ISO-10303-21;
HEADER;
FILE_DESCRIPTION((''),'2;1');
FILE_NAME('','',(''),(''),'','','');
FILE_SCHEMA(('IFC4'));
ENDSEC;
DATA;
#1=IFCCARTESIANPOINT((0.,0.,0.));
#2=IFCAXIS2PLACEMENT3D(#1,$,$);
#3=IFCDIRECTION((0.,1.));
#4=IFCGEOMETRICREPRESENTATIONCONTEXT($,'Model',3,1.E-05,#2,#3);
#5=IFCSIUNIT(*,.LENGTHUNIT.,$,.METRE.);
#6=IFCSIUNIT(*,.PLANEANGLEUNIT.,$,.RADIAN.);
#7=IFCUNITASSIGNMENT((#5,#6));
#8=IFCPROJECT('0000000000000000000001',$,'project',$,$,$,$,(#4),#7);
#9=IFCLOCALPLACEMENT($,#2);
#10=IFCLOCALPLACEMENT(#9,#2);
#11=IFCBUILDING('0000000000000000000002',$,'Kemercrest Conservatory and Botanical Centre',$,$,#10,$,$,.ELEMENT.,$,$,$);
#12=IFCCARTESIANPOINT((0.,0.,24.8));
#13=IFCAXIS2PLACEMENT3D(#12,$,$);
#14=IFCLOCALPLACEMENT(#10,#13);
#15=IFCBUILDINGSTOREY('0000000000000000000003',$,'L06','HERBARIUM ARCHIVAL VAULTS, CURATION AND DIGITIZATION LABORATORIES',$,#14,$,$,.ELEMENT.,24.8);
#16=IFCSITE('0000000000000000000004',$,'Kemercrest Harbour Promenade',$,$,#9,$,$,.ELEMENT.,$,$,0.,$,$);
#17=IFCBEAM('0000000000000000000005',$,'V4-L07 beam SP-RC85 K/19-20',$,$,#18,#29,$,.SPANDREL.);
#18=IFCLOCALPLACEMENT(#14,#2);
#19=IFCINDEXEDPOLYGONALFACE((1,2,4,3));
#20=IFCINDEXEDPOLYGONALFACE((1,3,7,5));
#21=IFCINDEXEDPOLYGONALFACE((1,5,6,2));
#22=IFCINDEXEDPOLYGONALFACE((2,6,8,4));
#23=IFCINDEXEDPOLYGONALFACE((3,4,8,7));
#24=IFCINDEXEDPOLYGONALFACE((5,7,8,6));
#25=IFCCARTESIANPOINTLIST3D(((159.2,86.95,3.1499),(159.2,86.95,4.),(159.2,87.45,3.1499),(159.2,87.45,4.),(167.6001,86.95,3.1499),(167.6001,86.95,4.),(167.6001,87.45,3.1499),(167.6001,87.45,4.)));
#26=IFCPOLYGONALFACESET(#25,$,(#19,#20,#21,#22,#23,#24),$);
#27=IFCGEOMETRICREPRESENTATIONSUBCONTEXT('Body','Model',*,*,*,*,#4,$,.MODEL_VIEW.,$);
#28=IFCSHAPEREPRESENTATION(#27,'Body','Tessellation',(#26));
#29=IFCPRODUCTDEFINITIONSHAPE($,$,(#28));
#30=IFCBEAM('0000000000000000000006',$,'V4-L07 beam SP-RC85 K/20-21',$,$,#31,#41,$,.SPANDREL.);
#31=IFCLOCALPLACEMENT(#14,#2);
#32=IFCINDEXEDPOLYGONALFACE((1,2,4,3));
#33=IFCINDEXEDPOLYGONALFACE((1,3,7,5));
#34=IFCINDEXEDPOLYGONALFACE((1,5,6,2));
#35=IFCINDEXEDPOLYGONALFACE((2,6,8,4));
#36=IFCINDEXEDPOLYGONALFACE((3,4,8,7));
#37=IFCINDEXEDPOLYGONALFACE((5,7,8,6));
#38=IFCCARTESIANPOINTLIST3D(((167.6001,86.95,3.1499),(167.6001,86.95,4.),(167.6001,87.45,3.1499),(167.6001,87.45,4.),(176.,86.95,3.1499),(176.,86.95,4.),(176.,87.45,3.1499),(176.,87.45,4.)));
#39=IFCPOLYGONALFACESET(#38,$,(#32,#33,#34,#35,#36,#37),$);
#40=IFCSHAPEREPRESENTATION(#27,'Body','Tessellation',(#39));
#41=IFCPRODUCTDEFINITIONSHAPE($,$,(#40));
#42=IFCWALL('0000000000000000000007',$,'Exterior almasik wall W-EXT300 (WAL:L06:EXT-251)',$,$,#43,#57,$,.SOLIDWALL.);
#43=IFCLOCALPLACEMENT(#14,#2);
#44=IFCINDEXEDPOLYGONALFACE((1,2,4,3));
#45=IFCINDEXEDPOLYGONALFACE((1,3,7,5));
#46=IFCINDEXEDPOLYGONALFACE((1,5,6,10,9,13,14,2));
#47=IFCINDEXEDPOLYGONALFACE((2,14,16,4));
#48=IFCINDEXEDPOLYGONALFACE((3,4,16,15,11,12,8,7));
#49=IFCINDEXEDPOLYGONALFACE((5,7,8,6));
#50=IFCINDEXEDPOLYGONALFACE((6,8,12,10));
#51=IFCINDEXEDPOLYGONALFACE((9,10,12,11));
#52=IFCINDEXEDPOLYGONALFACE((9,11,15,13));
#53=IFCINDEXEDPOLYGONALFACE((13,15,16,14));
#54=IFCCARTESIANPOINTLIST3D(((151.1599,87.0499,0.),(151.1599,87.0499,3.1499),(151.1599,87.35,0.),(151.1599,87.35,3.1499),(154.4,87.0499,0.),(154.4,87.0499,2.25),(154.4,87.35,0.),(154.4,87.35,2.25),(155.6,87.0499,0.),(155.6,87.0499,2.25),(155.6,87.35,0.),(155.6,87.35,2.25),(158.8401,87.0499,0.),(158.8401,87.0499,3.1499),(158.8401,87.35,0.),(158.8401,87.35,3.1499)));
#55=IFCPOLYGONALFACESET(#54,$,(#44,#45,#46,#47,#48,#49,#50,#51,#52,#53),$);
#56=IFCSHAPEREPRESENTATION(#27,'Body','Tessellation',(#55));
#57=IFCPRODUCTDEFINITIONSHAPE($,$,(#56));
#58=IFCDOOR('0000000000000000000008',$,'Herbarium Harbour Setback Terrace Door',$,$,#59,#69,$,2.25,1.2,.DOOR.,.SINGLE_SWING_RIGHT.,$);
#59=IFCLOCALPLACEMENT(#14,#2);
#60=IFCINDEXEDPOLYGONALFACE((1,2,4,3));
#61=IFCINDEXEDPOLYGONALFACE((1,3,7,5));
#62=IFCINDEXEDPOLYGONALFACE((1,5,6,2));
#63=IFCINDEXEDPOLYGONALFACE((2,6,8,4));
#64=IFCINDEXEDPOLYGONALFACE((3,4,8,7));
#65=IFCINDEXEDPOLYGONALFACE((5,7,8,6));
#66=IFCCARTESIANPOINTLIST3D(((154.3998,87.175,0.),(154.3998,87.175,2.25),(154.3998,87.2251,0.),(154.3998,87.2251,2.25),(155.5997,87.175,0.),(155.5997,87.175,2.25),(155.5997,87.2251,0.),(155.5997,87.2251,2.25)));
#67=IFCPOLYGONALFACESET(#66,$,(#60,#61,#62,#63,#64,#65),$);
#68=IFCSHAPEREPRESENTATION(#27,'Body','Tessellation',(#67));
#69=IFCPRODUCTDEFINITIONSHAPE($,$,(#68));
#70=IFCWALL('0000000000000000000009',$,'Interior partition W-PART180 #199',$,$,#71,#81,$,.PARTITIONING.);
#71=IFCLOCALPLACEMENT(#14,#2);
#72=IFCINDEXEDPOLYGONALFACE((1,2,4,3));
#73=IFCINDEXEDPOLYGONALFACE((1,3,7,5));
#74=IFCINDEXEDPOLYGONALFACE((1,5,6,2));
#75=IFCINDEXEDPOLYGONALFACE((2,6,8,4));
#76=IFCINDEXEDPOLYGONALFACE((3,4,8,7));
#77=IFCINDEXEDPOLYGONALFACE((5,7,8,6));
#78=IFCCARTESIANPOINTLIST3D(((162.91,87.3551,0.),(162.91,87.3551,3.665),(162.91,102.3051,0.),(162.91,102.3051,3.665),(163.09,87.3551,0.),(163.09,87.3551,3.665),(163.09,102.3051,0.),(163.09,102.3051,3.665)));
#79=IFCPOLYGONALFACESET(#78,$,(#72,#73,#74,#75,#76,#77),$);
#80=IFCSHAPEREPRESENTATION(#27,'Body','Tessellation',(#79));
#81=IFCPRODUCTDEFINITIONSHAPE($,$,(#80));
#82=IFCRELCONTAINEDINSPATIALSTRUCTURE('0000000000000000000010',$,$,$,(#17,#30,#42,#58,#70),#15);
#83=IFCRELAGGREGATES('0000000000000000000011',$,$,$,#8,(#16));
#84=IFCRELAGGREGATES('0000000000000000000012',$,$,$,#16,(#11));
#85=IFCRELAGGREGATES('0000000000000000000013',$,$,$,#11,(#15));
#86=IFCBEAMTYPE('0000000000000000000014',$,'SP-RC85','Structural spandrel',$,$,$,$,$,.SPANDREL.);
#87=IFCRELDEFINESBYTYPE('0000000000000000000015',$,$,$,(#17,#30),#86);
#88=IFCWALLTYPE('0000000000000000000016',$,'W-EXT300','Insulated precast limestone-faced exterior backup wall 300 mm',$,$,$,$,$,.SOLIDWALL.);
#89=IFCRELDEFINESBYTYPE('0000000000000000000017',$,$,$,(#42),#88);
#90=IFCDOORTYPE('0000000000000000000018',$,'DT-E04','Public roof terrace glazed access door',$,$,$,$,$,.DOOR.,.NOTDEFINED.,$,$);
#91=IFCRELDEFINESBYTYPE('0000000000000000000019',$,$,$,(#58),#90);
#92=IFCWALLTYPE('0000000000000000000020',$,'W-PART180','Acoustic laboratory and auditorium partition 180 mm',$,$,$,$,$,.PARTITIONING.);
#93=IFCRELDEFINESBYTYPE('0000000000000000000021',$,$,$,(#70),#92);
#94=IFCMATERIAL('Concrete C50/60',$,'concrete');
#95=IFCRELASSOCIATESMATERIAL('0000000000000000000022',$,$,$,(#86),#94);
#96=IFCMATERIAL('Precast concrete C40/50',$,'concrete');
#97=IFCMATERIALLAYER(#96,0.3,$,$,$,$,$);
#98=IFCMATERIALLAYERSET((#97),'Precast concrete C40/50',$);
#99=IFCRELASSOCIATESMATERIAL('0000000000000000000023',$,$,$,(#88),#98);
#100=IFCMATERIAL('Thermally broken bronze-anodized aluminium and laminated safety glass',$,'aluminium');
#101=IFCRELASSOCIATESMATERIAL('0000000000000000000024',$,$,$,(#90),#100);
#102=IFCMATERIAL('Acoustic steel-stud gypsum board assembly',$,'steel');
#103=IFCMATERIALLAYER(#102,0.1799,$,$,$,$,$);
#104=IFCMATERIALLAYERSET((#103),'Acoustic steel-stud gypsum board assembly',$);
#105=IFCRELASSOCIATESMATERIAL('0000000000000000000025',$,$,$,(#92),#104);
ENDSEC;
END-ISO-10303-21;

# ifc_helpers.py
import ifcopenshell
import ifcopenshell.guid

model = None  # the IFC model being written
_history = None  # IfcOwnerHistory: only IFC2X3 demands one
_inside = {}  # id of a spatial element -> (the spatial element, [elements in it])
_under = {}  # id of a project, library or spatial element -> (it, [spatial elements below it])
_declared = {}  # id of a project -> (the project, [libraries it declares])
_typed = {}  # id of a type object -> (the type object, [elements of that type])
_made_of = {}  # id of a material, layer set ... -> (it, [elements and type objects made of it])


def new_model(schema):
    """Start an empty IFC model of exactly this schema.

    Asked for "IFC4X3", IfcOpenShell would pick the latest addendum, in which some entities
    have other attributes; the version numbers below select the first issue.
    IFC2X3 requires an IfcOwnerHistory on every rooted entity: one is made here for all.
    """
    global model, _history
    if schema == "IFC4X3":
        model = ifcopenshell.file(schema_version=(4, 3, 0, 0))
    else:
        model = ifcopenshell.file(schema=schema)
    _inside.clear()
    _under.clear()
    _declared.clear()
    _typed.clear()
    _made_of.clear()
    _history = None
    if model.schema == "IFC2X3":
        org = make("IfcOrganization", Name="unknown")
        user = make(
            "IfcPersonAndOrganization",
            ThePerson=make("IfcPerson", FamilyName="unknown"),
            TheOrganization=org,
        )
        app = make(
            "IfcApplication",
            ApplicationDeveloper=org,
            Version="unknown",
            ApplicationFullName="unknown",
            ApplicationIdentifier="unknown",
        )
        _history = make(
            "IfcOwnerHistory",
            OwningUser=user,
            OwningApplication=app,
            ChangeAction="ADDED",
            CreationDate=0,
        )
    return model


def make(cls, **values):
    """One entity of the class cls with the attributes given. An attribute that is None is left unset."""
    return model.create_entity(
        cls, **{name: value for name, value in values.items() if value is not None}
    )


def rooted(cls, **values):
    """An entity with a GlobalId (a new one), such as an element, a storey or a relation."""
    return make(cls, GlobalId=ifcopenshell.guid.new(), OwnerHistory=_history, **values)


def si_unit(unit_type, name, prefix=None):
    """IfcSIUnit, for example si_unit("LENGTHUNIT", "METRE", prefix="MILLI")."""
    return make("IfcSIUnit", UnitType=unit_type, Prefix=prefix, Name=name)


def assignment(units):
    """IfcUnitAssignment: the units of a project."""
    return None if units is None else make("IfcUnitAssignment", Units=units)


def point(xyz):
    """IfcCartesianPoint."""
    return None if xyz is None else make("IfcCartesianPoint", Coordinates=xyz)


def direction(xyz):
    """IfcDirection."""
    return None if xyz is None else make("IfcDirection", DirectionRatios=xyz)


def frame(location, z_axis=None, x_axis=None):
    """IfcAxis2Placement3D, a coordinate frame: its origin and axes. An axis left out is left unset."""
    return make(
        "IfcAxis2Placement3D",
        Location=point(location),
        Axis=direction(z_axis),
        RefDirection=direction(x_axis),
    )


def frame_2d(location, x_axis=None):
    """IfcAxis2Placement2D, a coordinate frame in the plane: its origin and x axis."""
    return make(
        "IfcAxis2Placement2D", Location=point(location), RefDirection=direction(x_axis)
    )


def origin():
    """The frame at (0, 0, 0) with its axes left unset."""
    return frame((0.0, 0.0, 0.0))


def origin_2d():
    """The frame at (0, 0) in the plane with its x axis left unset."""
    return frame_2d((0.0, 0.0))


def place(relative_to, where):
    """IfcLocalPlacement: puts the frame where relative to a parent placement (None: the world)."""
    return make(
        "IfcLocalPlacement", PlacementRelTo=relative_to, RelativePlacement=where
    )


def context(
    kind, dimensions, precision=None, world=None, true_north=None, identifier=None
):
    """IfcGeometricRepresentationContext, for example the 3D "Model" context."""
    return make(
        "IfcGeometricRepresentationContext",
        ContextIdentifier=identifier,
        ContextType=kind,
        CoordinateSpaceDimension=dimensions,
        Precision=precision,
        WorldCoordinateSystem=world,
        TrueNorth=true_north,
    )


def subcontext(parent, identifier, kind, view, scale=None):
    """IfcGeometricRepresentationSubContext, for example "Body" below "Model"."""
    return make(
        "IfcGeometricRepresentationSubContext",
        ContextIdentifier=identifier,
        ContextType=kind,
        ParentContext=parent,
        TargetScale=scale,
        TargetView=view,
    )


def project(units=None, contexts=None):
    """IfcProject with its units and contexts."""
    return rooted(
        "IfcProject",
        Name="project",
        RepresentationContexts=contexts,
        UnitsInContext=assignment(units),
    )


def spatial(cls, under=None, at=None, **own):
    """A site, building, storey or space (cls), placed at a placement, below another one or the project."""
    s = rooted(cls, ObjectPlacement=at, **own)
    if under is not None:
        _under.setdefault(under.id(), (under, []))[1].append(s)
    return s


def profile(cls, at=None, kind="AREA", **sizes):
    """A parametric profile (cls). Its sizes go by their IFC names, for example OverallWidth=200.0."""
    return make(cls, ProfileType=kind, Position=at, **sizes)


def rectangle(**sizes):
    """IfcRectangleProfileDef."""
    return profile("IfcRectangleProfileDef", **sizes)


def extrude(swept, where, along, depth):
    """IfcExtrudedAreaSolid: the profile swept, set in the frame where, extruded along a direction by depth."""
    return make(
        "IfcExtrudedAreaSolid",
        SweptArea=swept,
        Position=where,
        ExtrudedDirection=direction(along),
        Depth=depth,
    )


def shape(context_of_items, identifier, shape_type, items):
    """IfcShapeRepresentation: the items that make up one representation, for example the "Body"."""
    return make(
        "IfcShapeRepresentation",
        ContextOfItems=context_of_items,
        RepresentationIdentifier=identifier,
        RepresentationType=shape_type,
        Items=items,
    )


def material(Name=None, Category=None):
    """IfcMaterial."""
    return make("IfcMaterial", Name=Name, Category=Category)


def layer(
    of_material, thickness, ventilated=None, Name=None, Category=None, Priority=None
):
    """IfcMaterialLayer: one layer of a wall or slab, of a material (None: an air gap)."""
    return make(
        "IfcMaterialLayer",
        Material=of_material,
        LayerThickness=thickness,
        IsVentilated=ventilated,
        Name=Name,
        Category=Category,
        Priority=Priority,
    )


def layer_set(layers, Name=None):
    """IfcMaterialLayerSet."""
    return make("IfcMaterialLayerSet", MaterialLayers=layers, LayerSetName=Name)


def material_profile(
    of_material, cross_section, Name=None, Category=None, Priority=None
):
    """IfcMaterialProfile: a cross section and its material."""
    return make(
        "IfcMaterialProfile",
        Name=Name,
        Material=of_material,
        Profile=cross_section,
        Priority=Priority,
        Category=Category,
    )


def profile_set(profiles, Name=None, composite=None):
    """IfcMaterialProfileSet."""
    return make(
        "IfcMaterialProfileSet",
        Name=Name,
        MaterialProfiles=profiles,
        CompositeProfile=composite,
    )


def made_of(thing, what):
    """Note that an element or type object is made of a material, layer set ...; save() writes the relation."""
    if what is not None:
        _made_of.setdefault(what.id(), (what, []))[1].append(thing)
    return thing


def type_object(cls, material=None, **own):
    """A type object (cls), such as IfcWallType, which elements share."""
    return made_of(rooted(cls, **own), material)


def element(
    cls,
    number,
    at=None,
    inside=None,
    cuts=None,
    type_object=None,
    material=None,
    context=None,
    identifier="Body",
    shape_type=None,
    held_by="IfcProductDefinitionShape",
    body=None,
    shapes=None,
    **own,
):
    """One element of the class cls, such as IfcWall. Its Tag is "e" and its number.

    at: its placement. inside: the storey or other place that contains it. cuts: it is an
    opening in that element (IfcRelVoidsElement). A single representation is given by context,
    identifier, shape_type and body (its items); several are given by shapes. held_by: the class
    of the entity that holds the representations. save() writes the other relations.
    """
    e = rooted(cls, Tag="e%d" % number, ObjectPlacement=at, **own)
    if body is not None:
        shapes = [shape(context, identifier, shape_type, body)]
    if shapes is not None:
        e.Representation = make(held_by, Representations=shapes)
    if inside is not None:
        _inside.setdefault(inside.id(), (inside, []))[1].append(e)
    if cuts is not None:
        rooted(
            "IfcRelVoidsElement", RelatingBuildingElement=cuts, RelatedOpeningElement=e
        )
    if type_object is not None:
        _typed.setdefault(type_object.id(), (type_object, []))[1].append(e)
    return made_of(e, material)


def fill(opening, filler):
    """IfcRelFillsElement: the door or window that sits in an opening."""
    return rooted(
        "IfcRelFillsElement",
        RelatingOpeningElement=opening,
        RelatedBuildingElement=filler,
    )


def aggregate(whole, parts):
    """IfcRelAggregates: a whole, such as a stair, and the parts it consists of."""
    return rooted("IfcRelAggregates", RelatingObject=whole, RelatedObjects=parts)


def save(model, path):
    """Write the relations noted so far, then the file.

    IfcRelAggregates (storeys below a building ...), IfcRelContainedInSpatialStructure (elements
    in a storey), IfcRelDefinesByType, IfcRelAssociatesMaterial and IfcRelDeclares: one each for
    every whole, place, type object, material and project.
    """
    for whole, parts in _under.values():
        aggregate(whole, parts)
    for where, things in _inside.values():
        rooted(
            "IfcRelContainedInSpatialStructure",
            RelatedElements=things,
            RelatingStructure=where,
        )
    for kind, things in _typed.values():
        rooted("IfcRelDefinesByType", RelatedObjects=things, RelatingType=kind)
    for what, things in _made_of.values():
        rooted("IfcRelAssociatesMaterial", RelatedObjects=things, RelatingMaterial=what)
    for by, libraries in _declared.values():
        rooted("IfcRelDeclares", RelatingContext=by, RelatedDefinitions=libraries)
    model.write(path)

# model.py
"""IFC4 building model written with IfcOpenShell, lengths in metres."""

from ifc_helpers import new_model, si_unit, direction, frame, frame_2d, origin, origin_2d, place, context, subcontext, project, spatial, rectangle, extrude, material, layer, layer_set, material_profile, profile_set, type_object, element, fill, save


model = new_model("IFC4")

# Units and contexts
model_context = context("Model", 3, precision=1e-05, world=origin(), true_north=direction((0.0, 1.0)))
body_context = subcontext(model_context, "Body", "Model", "MODEL_VIEW")
ifc_project = project(units=[si_unit("LENGTHUNIT", "METRE"), si_unit("PLANEANGLEUNIT", "RADIAN")], contexts=[model_context])

# Site, building, storey
site_placement = place(None, origin())
site = spatial("IfcSite", under=ifc_project, at=site_placement, Name="Kemercrest Harbour Promenade", CompositionType="ELEMENT", RefElevation=0.0)
building_placement = place(site_placement, origin())
building = spatial("IfcBuilding", under=site, at=building_placement, Name="Kemercrest Conservatory and Botanical Centre", CompositionType="ELEMENT")
storey_placement = place(building_placement, frame((0.0, 0.0, 24.8)))
storey = spatial("IfcBuildingStorey", under=building, at=storey_placement, Name="L06", Description="HERBARIUM ARCHIVAL VAULTS, CURATION AND DIGITIZATION LABORATORIES", CompositionType="ELEMENT", Elevation=24.8)

# Shared definitions
ifc_material_1 = material(Name="Concrete C50/60", Category="concrete")

# Beams
ifc_material_profile_1 = material_profile(ifc_material_1, rectangle(XDim=0.5, YDim=0.8501, at=origin_2d()), Name="RC 500x850")
ifc_profile_set_1 = profile_set([ifc_material_profile_1], Name="Concrete C50/60")
beam_type_1 = type_object("IfcBeamType", Name="SP-RC85", Description="Structural spandrel", PredefinedType="SPANDREL", material=ifc_profile_set_1)
beam_1_placement = place(storey_placement, frame((159.2, 87.2, 3.575), z_axis=(1.0, 0.0, 0.0), x_axis=(0.0, 1.0, 0.0)))
element("IfcBeam", 1, at=beam_1_placement, inside=storey, type_object=beam_type_1, Name="V4-L07 beam SP-RC85 K/19-20", PredefinedType="SPANDREL", context=body_context, shape_type="SweptSolid", body=[
    extrude(rectangle(XDim=0.5, YDim=0.8501, at=origin_2d()), origin(), (0.0, 0.0, 1.0), 8.4001),
])
beam_2_placement = place(storey_placement, frame((167.6001, 87.2, 3.575), z_axis=(1.0, 0.0, 0.0), x_axis=(0.0, 1.0, 0.0)))
element("IfcBeam", 2, at=beam_2_placement, inside=storey, type_object=beam_type_1, Name="V4-L07 beam SP-RC85 K/20-21", PredefinedType="SPANDREL", context=body_context, shape_type="SweptSolid", body=[
    extrude(rectangle(XDim=0.5, YDim=0.8501, at=origin_2d()), origin(), (0.0, 0.0, 1.0), 8.3999),
])

# Wall, opening, door
ifc_material_2 = material(Name="Precast concrete C40/50", Category="concrete")
ifc_layer_1 = layer(ifc_material_2, 0.3)
ifc_layer_set_1 = layer_set([ifc_layer_1], Name="Precast concrete C40/50")
wall_type_1 = type_object("IfcWallType", Name="W-EXT300", Description="Insulated precast limestone-faced exterior backup wall 300 mm", PredefinedType="SOLIDWALL", material=ifc_layer_set_1)
wall_1_placement = place(storey_placement, frame((151.1599, 87.2, 0.0), z_axis=(0.0, 0.0, 1.0), x_axis=(1.0, 0.0, 0.0)))
wall_1 = element("IfcWall", 3, at=wall_1_placement, inside=storey, type_object=wall_type_1, Name="Exterior almasik wall W-EXT300 (WAL:L06:EXT-251)", PredefinedType="SOLIDWALL", context=body_context, shape_type="SweptSolid", body=[
    extrude(rectangle(XDim=7.6802, YDim=0.3, at=frame_2d((3.8401, 0.0))), origin(), (0.0, 0.0, 1.0), 3.1499),
])
opening_placement = place(wall_1_placement, frame((3.24, 0.0, 0.0)))
opening = element("IfcOpeningElement", 4, at=opening_placement, cuts=wall_1, PredefinedType="OPENING", context=body_context, shape_type="SweptSolid", body=[
    extrude(rectangle(XDim=1.2, YDim=2.25, at=frame_2d((0.6001, 1.125))), frame((0.0, 0.1602, 0.0), z_axis=(0.0, -1.0, 0.0), x_axis=(1.0, 0.0, 0.0)), (0.0, 0.0, 1.0), 0.3201),
])
ifc_material_3 = material(Name="Thermally broken bronze-anodized aluminium and laminated safety glass", Category="aluminium")
door_type = type_object("IfcDoorType", Name="DT-E04", Description="Public roof terrace glazed access door", OperationType="NOTDEFINED", PredefinedType="DOOR", material=ifc_material_3)
door_placement = place(opening_placement, frame((1.2, 0.0, 0.0), z_axis=(0.0, 0.0, 1.0), x_axis=(-1.0, 0.0, 0.0)))
door = element("IfcDoor", 5, at=door_placement, inside=storey, type_object=door_type, Name="Herbarium Harbour Setback Terrace Door", OperationType="SINGLE_SWING_RIGHT", OverallHeight=2.25, OverallWidth=1.2, PredefinedType="DOOR", context=body_context, shape_type="SweptSolid", body=[
    extrude(rectangle(XDim=1.2, YDim=2.25, at=frame_2d((0.6001, 1.125))), frame((0.0, 0.0249, 0.0), z_axis=(0.0, -1.0, 0.0), x_axis=(1.0, 0.0, 0.0)), (0.0, 0.0, 1.0), 0.05),
])
fill(opening, door)

# Wall
ifc_material_4 = material(Name="Acoustic steel-stud gypsum board assembly", Category="steel")
ifc_layer_2 = layer(ifc_material_4, 0.1799)
ifc_layer_set_2 = layer_set([ifc_layer_2], Name="Acoustic steel-stud gypsum board assembly")
wall_type_2 = type_object("IfcWallType", Name="W-PART180", Description="Acoustic laboratory and auditorium partition 180 mm", PredefinedType="PARTITIONING", material=ifc_layer_set_2)
wall_2_placement = place(storey_placement, frame((163.0, 87.355, 0.0), z_axis=(0.0, 0.0, 1.0), x_axis=(0.0, 1.0, 0.0)))
element("IfcWall", 6, at=wall_2_placement, inside=storey, type_object=wall_type_2, Name="Interior partition W-PART180 #199", PredefinedType="PARTITIONING", context=body_context, shape_type="SweptSolid", body=[
    extrude(rectangle(XDim=14.95, YDim=0.1799, at=frame_2d((7.4751, 0.0))), origin(), (0.0, 0.0, 1.0), 3.665),
])

save(model, "model.ifc")
